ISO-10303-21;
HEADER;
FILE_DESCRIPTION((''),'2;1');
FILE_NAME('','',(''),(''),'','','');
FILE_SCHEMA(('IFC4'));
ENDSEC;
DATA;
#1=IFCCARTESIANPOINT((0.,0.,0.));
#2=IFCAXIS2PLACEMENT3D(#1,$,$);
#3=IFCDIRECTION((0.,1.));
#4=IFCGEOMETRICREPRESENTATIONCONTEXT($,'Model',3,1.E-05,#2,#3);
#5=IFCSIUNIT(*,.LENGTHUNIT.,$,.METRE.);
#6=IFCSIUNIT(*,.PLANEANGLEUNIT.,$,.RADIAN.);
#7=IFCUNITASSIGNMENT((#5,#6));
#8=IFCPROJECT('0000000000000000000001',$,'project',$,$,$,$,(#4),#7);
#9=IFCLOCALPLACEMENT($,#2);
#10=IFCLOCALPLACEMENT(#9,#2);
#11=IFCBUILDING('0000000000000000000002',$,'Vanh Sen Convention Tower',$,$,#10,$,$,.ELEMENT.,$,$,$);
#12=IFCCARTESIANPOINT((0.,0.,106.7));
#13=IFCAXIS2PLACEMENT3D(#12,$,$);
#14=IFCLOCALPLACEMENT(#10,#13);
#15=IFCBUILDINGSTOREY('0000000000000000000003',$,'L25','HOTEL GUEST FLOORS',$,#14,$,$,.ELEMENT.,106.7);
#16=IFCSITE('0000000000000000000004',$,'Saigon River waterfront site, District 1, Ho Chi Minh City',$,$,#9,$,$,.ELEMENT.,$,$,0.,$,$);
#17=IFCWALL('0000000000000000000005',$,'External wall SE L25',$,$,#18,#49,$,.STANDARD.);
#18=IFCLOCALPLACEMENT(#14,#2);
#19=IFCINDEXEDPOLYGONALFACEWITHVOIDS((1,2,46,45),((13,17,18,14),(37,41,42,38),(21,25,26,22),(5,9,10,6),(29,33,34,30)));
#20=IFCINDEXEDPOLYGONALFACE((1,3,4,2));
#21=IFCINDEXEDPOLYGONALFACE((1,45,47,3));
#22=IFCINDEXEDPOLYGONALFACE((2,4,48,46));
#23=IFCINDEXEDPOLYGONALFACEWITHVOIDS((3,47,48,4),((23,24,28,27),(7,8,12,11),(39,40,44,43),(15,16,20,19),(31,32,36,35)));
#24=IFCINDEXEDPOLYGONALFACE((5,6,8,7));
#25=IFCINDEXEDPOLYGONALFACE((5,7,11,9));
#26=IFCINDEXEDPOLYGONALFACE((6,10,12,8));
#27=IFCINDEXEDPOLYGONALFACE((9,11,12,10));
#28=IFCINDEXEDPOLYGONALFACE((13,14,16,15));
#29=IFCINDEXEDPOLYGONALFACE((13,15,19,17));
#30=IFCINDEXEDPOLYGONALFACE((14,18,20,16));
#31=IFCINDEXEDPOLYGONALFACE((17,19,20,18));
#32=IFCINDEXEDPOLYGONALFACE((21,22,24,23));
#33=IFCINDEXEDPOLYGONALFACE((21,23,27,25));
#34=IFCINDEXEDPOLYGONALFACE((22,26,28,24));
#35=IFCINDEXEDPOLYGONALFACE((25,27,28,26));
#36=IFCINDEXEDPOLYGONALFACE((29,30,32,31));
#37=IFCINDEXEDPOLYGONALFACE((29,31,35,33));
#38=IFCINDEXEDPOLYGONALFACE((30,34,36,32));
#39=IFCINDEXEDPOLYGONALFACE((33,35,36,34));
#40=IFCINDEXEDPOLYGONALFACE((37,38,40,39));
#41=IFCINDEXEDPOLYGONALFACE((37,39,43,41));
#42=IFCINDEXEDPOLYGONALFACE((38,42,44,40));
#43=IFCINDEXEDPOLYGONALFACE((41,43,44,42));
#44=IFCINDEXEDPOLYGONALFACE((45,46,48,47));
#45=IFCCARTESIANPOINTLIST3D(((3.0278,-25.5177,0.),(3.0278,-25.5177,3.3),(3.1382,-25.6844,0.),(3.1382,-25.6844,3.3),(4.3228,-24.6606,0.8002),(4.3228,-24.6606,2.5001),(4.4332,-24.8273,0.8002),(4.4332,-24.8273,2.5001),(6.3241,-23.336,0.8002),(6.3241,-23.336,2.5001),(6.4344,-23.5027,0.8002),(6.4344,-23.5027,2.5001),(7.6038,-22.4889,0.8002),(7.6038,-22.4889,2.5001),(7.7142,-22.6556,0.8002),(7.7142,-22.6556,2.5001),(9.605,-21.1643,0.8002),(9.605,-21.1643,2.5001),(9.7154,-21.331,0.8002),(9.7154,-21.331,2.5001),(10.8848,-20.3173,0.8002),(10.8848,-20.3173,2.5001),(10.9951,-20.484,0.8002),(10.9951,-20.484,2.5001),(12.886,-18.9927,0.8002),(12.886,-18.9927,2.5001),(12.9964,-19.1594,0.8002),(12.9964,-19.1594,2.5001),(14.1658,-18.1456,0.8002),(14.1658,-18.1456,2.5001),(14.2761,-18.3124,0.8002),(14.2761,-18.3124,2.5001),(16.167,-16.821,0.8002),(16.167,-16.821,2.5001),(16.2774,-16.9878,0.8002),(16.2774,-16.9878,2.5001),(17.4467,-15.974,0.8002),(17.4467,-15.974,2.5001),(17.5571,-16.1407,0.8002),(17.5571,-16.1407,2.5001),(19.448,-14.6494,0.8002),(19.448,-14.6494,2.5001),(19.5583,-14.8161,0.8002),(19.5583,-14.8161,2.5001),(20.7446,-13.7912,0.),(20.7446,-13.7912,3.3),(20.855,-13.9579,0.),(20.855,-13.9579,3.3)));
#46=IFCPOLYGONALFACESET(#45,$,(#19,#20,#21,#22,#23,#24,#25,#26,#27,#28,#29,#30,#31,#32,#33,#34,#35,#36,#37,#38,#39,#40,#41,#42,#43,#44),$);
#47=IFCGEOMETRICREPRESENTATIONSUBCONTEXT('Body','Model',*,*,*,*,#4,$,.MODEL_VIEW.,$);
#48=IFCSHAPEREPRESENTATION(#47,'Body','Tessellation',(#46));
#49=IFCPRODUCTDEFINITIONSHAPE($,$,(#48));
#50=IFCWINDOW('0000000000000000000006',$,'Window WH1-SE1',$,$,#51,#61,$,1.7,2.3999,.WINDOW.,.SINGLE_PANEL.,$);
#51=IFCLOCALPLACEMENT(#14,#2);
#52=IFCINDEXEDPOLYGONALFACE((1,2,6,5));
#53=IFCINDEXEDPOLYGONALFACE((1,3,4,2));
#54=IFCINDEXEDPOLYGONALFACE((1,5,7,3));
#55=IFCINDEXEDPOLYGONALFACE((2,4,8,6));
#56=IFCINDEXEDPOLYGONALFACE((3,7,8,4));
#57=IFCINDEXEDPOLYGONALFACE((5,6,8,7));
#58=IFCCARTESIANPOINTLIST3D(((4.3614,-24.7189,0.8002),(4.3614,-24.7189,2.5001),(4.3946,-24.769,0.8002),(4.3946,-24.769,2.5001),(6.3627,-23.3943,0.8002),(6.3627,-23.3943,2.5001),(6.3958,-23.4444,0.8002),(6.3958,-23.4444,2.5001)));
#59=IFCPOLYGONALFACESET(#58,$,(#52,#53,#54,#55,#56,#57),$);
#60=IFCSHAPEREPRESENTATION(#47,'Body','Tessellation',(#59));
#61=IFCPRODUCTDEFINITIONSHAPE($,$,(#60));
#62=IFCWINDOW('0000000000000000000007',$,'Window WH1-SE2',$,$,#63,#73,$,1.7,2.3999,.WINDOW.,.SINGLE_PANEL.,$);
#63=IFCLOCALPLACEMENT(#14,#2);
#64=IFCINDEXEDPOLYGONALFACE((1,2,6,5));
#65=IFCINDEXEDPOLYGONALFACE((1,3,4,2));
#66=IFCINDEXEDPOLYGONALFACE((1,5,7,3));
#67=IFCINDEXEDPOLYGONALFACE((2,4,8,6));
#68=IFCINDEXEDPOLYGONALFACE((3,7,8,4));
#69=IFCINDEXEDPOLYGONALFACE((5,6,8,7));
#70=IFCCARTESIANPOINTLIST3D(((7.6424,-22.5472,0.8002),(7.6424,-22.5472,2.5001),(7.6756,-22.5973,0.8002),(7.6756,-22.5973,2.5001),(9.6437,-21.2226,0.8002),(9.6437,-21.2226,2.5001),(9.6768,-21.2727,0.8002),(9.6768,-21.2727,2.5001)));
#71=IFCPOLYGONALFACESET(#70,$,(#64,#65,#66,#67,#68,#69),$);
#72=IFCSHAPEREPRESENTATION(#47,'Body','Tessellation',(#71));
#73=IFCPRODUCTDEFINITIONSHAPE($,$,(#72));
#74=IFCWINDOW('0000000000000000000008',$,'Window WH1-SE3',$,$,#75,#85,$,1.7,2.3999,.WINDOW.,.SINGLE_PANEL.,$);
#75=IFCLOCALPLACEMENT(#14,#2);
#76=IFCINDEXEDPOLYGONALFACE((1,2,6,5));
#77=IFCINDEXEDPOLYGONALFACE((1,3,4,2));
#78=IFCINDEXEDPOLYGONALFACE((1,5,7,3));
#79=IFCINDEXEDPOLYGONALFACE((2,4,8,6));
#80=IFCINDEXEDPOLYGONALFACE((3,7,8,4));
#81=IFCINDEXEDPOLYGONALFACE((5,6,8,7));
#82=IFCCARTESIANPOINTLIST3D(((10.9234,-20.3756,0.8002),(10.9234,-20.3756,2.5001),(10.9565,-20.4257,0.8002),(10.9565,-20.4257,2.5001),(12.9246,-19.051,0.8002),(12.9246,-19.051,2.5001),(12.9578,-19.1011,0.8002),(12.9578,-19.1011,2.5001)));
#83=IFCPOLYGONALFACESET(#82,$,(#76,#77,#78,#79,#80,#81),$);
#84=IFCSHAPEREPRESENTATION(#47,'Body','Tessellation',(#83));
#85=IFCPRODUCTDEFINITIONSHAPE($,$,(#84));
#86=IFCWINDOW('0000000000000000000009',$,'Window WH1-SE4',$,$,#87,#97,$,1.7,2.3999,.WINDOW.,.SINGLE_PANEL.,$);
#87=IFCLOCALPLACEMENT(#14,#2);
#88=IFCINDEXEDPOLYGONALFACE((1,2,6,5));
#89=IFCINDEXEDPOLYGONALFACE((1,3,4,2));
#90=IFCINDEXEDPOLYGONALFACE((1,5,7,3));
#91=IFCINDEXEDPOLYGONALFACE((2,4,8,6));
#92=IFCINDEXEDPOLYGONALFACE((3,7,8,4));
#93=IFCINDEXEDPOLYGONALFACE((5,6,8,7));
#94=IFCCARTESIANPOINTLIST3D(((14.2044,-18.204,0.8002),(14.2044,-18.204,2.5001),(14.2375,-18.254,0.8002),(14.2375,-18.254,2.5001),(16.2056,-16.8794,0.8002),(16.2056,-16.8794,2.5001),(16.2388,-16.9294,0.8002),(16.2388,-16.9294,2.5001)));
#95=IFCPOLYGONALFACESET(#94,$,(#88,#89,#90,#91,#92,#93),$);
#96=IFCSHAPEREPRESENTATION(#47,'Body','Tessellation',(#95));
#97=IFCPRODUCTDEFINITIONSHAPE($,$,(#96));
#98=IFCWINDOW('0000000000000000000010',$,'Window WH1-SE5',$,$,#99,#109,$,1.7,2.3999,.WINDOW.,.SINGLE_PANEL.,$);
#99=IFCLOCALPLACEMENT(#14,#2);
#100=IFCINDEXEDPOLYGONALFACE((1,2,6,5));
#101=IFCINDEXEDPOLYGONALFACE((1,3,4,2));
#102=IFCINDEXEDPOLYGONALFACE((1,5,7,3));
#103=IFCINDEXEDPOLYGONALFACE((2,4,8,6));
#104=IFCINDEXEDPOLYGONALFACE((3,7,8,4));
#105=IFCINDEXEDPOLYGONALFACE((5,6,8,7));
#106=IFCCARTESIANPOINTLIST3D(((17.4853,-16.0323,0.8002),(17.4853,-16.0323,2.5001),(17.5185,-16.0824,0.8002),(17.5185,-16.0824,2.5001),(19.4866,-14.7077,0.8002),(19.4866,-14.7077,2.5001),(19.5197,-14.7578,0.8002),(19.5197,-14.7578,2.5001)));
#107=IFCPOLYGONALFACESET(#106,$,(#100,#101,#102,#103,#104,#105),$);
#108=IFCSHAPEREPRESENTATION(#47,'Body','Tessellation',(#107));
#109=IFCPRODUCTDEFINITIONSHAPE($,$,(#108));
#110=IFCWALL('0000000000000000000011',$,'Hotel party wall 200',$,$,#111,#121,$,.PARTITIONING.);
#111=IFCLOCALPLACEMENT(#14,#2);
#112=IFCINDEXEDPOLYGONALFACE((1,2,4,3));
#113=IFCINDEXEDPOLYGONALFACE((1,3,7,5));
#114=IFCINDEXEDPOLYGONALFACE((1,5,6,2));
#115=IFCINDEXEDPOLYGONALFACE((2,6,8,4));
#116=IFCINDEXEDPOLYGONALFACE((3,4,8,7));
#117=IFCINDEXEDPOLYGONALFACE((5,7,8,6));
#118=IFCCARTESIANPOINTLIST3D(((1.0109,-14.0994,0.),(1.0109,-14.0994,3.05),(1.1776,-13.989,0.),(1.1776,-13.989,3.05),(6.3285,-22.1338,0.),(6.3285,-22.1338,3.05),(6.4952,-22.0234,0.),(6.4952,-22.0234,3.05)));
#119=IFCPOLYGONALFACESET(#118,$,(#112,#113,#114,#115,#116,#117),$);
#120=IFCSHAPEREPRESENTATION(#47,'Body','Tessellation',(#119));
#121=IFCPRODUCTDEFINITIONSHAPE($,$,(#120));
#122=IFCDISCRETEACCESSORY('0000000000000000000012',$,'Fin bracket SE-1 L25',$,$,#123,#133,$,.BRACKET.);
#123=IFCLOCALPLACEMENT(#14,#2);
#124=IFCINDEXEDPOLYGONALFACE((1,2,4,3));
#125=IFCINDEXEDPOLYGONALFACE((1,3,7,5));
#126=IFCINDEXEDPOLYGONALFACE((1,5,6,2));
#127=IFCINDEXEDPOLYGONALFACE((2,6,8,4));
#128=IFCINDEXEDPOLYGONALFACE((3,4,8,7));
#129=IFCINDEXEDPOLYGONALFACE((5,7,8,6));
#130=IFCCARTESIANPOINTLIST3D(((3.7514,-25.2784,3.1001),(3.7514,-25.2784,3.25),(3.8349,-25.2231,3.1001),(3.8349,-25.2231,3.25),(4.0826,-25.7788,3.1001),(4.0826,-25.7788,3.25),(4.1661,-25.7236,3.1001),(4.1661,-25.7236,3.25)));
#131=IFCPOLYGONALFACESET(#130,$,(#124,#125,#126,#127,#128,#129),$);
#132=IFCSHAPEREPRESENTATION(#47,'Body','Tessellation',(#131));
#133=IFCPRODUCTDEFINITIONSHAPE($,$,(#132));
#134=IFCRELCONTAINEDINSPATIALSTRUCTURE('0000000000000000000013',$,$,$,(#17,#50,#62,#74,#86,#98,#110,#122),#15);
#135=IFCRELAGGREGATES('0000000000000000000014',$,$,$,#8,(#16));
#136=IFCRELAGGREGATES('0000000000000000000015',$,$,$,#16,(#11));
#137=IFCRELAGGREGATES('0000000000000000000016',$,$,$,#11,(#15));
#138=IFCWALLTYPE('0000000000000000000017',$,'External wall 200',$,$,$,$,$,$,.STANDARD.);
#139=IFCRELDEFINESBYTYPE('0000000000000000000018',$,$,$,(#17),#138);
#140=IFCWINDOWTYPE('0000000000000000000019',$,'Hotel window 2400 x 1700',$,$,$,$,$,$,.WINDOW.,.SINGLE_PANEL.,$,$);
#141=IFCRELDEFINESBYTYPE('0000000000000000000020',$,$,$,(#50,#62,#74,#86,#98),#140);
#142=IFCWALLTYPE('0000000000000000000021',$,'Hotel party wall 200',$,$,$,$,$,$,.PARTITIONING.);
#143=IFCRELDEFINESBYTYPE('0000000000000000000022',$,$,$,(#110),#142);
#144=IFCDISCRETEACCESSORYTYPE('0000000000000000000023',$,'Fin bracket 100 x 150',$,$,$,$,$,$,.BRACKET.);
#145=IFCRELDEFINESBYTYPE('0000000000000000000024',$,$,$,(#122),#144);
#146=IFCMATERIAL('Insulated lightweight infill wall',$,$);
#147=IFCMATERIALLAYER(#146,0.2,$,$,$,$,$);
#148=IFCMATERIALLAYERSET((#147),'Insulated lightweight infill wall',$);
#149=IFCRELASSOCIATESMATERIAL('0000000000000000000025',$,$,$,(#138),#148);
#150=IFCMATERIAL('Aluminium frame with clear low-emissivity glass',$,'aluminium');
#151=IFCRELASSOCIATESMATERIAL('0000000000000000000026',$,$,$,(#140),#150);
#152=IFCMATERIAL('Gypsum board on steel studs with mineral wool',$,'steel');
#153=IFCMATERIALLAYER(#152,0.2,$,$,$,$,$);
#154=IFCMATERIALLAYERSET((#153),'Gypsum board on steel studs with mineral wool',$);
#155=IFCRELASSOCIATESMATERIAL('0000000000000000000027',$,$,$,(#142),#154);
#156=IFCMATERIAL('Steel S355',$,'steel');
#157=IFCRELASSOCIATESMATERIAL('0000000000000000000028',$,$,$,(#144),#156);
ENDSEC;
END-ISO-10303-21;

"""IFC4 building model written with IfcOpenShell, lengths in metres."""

from ifc_helpers import new_model, si_unit, direction, frame, frame_2d, origin, origin_2d, place, context, subcontext, project, spatial, rectangle, extrude, material, layer, layer_set, type_object, element, fill, save


model = new_model("IFC4")

# Units and contexts
model_context = context("Model", 3, precision=1e-05, world=origin(), true_north=direction((0.0, 1.0)))
body_context = subcontext(model_context, "Body", "Model", "MODEL_VIEW")
ifc_project = project(units=[si_unit("LENGTHUNIT", "METRE"), si_unit("PLANEANGLEUNIT", "RADIAN")], contexts=[model_context])

# Site, building, storey
site_placement = place(None, origin())
site = spatial("IfcSite", under=ifc_project, at=site_placement, Name="Saigon River waterfront site, District 1, Ho Chi Minh City", CompositionType="ELEMENT", RefElevation=0.0)
building_placement = place(site_placement, origin())
building = spatial("IfcBuilding", under=site, at=building_placement, Name="Vanh Sen Convention Tower", CompositionType="ELEMENT")
storey_placement = place(building_placement, frame((0.0, 0.0, 106.7)))
storey = spatial("IfcBuildingStorey", under=building, at=storey_placement, Name="L25", Description="HOTEL GUEST FLOORS", CompositionType="ELEMENT", Elevation=106.7)

# Shared definitions
ifc_material_1 = material(Name="Gypsum board on steel studs with mineral wool", Category="steel")

# Wall, openings, windows
ifc_material_2 = material(Name="Insulated lightweight infill wall")
ifc_layer_1 = layer(ifc_material_2, 0.2)
ifc_layer_set_1 = layer_set([ifc_layer_1], Name="Insulated lightweight infill wall")
wall_type_1 = type_object("IfcWallType", Name="External wall 200", PredefinedType="STANDARD", material=ifc_layer_set_1)
wall_1_placement = place(storey_placement, frame((3.083, -25.6011, 0.0), z_axis=(0.0, 0.0, 1.0), x_axis=(0.833884, 0.551939, 0.0)))
wall_1 = element("IfcWall", 1, at=wall_1_placement, inside=storey, type_object=wall_type_1, Name="External wall SE L25", PredefinedType="STANDARD", context=body_context, shape_type="SweptSolid", body=[
    extrude(rectangle(XDim=21.2461, YDim=0.2, at=frame_2d((10.623, 0.0))), origin(), (0.0, 0.0, 1.0), 3.3),
])
opening_1_placement = place(wall_1_placement, frame((1.553, 0.0, 0.8)))
opening_1 = element("IfcOpeningElement", 2, at=opening_1_placement, cuts=wall_1, PredefinedType="OPENING", context=body_context, shape_type="SweptSolid", body=[
    extrude(rectangle(XDim=2.3999, YDim=1.7, at=frame_2d((1.2, 0.8501))), frame((0.0, 0.1099, 0.0), z_axis=(0.0, -1.0, 0.0), x_axis=(1.0, 0.0, 0.0)), (0.0, 0.0, 1.0), 0.22),
])
opening_2_placement = place(wall_1_placement, frame((5.4875, 0.0, 0.8)))
opening_2 = element("IfcOpeningElement", 3, at=opening_2_placement, cuts=wall_1, PredefinedType="OPENING", context=body_context, shape_type="SweptSolid", body=[
    extrude(rectangle(XDim=2.3999, YDim=1.7, at=frame_2d((1.2, 0.8501))), frame((0.0, 0.1099, 0.0), z_axis=(0.0, -1.0, 0.0), x_axis=(1.0, 0.0, 0.0)), (0.0, 0.0, 1.0), 0.22),
])
opening_3_placement = place(wall_1_placement, frame((9.4221, 0.0, 0.8)))
opening_3 = element("IfcOpeningElement", 4, at=opening_3_placement, cuts=wall_1, PredefinedType="OPENING", context=body_context, shape_type="SweptSolid", body=[
    extrude(rectangle(XDim=2.3999, YDim=1.7, at=frame_2d((1.2, 0.8501))), frame((0.0, 0.1099, 0.0), z_axis=(0.0, -1.0, 0.0), x_axis=(1.0, 0.0, 0.0)), (0.0, 0.0, 1.0), 0.22),
])
opening_4_placement = place(wall_1_placement, frame((13.3567, 0.0, 0.8)))
opening_4 = element("IfcOpeningElement", 5, at=opening_4_placement, cuts=wall_1, PredefinedType="OPENING", context=body_context, shape_type="SweptSolid", body=[
    extrude(rectangle(XDim=2.3999, YDim=1.7, at=frame_2d((1.2, 0.8501))), frame((0.0, 0.1099, 0.0), z_axis=(0.0, -1.0, 0.0), x_axis=(1.0, 0.0, 0.0)), (0.0, 0.0, 1.0), 0.22),
])
opening_5_placement = place(wall_1_placement, frame((17.2913, 0.0, 0.8)))
opening_5 = element("IfcOpeningElement", 6, at=opening_5_placement, cuts=wall_1, PredefinedType="OPENING", context=body_context, shape_type="SweptSolid", body=[
    extrude(rectangle(XDim=2.3999, YDim=1.7, at=frame_2d((1.2, 0.8501))), frame((0.0, 0.1099, 0.0), z_axis=(0.0, -1.0, 0.0), x_axis=(1.0, 0.0, 0.0)), (0.0, 0.0, 1.0), 0.22),
])
ifc_material_3 = material(Name="Aluminium frame with clear low-emissivity glass", Category="aluminium")
window_type = type_object("IfcWindowType", Name="Hotel window 2400 x 1700", PartitioningType="SINGLE_PANEL", PredefinedType="WINDOW", material=ifc_material_3)
window_1_placement = place(opening_1_placement, origin())
window_1 = element("IfcWindow", 7, at=window_1_placement, inside=storey, type_object=window_type, Name="Window WH1-SE1", OverallHeight=1.7, OverallWidth=2.3999, PartitioningType="SINGLE_PANEL", PredefinedType="WINDOW", context=body_context, shape_type="SweptSolid", body=[
    extrude(rectangle(XDim=2.3999, YDim=1.7, at=frame_2d((1.2, 0.8501))), frame((0.0, 0.03, 0.0), z_axis=(0.0, -1.0, 0.0), x_axis=(1.0, 0.0, 0.0)), (0.0, 0.0, 1.0), 0.0601),
])
fill(opening_1, window_1)
window_2_placement = place(opening_2_placement, origin())
window_2 = element("IfcWindow", 8, at=window_2_placement, inside=storey, type_object=window_type, Name="Window WH1-SE2", OverallHeight=1.7, OverallWidth=2.3999, PartitioningType="SINGLE_PANEL", PredefinedType="WINDOW", context=body_context, shape_type="SweptSolid", body=[
    extrude(rectangle(XDim=2.3999, YDim=1.7, at=frame_2d((1.2, 0.8501))), frame((0.0, 0.03, 0.0), z_axis=(0.0, -1.0, 0.0), x_axis=(1.0, 0.0, 0.0)), (0.0, 0.0, 1.0), 0.0601),
])
fill(opening_2, window_2)
window_3_placement = place(opening_3_placement, origin())
window_3 = element("IfcWindow", 9, at=window_3_placement, inside=storey, type_object=window_type, Name="Window WH1-SE3", OverallHeight=1.7, OverallWidth=2.3999, PartitioningType="SINGLE_PANEL", PredefinedType="WINDOW", context=body_context, shape_type="SweptSolid", body=[
    extrude(rectangle(XDim=2.3999, YDim=1.7, at=frame_2d((1.2, 0.8501))), frame((0.0, 0.03, 0.0), z_axis=(0.0, -1.0, 0.0), x_axis=(1.0, 0.0, 0.0)), (0.0, 0.0, 1.0), 0.0601),
])
fill(opening_3, window_3)
window_4_placement = place(opening_4_placement, origin())
window_4 = element("IfcWindow", 10, at=window_4_placement, inside=storey, type_object=window_type, Name="Window WH1-SE4", OverallHeight=1.7, OverallWidth=2.3999, PartitioningType="SINGLE_PANEL", PredefinedType="WINDOW", context=body_context, shape_type="SweptSolid", body=[
    extrude(rectangle(XDim=2.3999, YDim=1.7, at=frame_2d((1.2, 0.8501))), frame((0.0, 0.03, 0.0), z_axis=(0.0, -1.0, 0.0), x_axis=(1.0, 0.0, 0.0)), (0.0, 0.0, 1.0), 0.0601),
])
fill(opening_4, window_4)
window_5_placement = place(opening_5_placement, origin())
window_5 = element("IfcWindow", 11, at=window_5_placement, inside=storey, type_object=window_type, Name="Window WH1-SE5", OverallHeight=1.7, OverallWidth=2.3999, PartitioningType="SINGLE_PANEL", PredefinedType="WINDOW", context=body_context, shape_type="SweptSolid", body=[
    extrude(rectangle(XDim=2.3999, YDim=1.7, at=frame_2d((1.2, 0.8501))), frame((0.0, 0.03, 0.0), z_axis=(0.0, -1.0, 0.0), x_axis=(1.0, 0.0, 0.0)), (0.0, 0.0, 1.0), 0.0601),
])
fill(opening_5, window_5)

# Wall
ifc_layer_2 = layer(ifc_material_1, 0.2)
ifc_layer_set_2 = layer_set([ifc_layer_2], Name="Gypsum board on steel studs with mineral wool")
wall_type_2 = type_object("IfcWallType", Name="Hotel party wall 200", PredefinedType="PARTITIONING", material=ifc_layer_set_2)
wall_2_placement = place(storey_placement, frame((6.4119, -22.0786, 0.0), z_axis=(0.0, 0.0, 1.0), x_axis=(-0.55192, 0.833897, 0.0)))
element("IfcWall", 12, at=wall_2_placement, inside=storey, type_object=wall_type_2, Name="Hotel party wall 200", PredefinedType="PARTITIONING", context=body_context, shape_type="SweptSolid", body=[
    extrude(rectangle(XDim=9.6348, YDim=0.2, at=frame_2d((4.8174, 0.0))), origin(), (0.0, 0.0, 1.0), 3.05),
])

# Discrete accessory
ifc_material_4 = material(Name="Steel S355", Category="steel")
discrete_accessory_type = type_object("IfcDiscreteAccessoryType", Name="Fin bracket 100 x 150", PredefinedType="BRACKET", material=ifc_material_4)
discrete_accessory_placement = place(storey_placement, frame((3.9587, -25.501, 3.1001), z_axis=(0.0, 0.0, 1.0), x_axis=(0.551937, -0.833886, 0.0)))
element("IfcDiscreteAccessory", 13, at=discrete_accessory_placement, inside=storey, type_object=discrete_accessory_type, Name="Fin bracket SE-1 L25", PredefinedType="BRACKET", context=body_context, shape_type="SweptSolid", body=[
    extrude(rectangle(XDim=0.6001, YDim=0.1001, at=origin_2d()), origin(), (0.0, 0.0, 1.0), 0.1499),
])

save(model, "model.ifc")
